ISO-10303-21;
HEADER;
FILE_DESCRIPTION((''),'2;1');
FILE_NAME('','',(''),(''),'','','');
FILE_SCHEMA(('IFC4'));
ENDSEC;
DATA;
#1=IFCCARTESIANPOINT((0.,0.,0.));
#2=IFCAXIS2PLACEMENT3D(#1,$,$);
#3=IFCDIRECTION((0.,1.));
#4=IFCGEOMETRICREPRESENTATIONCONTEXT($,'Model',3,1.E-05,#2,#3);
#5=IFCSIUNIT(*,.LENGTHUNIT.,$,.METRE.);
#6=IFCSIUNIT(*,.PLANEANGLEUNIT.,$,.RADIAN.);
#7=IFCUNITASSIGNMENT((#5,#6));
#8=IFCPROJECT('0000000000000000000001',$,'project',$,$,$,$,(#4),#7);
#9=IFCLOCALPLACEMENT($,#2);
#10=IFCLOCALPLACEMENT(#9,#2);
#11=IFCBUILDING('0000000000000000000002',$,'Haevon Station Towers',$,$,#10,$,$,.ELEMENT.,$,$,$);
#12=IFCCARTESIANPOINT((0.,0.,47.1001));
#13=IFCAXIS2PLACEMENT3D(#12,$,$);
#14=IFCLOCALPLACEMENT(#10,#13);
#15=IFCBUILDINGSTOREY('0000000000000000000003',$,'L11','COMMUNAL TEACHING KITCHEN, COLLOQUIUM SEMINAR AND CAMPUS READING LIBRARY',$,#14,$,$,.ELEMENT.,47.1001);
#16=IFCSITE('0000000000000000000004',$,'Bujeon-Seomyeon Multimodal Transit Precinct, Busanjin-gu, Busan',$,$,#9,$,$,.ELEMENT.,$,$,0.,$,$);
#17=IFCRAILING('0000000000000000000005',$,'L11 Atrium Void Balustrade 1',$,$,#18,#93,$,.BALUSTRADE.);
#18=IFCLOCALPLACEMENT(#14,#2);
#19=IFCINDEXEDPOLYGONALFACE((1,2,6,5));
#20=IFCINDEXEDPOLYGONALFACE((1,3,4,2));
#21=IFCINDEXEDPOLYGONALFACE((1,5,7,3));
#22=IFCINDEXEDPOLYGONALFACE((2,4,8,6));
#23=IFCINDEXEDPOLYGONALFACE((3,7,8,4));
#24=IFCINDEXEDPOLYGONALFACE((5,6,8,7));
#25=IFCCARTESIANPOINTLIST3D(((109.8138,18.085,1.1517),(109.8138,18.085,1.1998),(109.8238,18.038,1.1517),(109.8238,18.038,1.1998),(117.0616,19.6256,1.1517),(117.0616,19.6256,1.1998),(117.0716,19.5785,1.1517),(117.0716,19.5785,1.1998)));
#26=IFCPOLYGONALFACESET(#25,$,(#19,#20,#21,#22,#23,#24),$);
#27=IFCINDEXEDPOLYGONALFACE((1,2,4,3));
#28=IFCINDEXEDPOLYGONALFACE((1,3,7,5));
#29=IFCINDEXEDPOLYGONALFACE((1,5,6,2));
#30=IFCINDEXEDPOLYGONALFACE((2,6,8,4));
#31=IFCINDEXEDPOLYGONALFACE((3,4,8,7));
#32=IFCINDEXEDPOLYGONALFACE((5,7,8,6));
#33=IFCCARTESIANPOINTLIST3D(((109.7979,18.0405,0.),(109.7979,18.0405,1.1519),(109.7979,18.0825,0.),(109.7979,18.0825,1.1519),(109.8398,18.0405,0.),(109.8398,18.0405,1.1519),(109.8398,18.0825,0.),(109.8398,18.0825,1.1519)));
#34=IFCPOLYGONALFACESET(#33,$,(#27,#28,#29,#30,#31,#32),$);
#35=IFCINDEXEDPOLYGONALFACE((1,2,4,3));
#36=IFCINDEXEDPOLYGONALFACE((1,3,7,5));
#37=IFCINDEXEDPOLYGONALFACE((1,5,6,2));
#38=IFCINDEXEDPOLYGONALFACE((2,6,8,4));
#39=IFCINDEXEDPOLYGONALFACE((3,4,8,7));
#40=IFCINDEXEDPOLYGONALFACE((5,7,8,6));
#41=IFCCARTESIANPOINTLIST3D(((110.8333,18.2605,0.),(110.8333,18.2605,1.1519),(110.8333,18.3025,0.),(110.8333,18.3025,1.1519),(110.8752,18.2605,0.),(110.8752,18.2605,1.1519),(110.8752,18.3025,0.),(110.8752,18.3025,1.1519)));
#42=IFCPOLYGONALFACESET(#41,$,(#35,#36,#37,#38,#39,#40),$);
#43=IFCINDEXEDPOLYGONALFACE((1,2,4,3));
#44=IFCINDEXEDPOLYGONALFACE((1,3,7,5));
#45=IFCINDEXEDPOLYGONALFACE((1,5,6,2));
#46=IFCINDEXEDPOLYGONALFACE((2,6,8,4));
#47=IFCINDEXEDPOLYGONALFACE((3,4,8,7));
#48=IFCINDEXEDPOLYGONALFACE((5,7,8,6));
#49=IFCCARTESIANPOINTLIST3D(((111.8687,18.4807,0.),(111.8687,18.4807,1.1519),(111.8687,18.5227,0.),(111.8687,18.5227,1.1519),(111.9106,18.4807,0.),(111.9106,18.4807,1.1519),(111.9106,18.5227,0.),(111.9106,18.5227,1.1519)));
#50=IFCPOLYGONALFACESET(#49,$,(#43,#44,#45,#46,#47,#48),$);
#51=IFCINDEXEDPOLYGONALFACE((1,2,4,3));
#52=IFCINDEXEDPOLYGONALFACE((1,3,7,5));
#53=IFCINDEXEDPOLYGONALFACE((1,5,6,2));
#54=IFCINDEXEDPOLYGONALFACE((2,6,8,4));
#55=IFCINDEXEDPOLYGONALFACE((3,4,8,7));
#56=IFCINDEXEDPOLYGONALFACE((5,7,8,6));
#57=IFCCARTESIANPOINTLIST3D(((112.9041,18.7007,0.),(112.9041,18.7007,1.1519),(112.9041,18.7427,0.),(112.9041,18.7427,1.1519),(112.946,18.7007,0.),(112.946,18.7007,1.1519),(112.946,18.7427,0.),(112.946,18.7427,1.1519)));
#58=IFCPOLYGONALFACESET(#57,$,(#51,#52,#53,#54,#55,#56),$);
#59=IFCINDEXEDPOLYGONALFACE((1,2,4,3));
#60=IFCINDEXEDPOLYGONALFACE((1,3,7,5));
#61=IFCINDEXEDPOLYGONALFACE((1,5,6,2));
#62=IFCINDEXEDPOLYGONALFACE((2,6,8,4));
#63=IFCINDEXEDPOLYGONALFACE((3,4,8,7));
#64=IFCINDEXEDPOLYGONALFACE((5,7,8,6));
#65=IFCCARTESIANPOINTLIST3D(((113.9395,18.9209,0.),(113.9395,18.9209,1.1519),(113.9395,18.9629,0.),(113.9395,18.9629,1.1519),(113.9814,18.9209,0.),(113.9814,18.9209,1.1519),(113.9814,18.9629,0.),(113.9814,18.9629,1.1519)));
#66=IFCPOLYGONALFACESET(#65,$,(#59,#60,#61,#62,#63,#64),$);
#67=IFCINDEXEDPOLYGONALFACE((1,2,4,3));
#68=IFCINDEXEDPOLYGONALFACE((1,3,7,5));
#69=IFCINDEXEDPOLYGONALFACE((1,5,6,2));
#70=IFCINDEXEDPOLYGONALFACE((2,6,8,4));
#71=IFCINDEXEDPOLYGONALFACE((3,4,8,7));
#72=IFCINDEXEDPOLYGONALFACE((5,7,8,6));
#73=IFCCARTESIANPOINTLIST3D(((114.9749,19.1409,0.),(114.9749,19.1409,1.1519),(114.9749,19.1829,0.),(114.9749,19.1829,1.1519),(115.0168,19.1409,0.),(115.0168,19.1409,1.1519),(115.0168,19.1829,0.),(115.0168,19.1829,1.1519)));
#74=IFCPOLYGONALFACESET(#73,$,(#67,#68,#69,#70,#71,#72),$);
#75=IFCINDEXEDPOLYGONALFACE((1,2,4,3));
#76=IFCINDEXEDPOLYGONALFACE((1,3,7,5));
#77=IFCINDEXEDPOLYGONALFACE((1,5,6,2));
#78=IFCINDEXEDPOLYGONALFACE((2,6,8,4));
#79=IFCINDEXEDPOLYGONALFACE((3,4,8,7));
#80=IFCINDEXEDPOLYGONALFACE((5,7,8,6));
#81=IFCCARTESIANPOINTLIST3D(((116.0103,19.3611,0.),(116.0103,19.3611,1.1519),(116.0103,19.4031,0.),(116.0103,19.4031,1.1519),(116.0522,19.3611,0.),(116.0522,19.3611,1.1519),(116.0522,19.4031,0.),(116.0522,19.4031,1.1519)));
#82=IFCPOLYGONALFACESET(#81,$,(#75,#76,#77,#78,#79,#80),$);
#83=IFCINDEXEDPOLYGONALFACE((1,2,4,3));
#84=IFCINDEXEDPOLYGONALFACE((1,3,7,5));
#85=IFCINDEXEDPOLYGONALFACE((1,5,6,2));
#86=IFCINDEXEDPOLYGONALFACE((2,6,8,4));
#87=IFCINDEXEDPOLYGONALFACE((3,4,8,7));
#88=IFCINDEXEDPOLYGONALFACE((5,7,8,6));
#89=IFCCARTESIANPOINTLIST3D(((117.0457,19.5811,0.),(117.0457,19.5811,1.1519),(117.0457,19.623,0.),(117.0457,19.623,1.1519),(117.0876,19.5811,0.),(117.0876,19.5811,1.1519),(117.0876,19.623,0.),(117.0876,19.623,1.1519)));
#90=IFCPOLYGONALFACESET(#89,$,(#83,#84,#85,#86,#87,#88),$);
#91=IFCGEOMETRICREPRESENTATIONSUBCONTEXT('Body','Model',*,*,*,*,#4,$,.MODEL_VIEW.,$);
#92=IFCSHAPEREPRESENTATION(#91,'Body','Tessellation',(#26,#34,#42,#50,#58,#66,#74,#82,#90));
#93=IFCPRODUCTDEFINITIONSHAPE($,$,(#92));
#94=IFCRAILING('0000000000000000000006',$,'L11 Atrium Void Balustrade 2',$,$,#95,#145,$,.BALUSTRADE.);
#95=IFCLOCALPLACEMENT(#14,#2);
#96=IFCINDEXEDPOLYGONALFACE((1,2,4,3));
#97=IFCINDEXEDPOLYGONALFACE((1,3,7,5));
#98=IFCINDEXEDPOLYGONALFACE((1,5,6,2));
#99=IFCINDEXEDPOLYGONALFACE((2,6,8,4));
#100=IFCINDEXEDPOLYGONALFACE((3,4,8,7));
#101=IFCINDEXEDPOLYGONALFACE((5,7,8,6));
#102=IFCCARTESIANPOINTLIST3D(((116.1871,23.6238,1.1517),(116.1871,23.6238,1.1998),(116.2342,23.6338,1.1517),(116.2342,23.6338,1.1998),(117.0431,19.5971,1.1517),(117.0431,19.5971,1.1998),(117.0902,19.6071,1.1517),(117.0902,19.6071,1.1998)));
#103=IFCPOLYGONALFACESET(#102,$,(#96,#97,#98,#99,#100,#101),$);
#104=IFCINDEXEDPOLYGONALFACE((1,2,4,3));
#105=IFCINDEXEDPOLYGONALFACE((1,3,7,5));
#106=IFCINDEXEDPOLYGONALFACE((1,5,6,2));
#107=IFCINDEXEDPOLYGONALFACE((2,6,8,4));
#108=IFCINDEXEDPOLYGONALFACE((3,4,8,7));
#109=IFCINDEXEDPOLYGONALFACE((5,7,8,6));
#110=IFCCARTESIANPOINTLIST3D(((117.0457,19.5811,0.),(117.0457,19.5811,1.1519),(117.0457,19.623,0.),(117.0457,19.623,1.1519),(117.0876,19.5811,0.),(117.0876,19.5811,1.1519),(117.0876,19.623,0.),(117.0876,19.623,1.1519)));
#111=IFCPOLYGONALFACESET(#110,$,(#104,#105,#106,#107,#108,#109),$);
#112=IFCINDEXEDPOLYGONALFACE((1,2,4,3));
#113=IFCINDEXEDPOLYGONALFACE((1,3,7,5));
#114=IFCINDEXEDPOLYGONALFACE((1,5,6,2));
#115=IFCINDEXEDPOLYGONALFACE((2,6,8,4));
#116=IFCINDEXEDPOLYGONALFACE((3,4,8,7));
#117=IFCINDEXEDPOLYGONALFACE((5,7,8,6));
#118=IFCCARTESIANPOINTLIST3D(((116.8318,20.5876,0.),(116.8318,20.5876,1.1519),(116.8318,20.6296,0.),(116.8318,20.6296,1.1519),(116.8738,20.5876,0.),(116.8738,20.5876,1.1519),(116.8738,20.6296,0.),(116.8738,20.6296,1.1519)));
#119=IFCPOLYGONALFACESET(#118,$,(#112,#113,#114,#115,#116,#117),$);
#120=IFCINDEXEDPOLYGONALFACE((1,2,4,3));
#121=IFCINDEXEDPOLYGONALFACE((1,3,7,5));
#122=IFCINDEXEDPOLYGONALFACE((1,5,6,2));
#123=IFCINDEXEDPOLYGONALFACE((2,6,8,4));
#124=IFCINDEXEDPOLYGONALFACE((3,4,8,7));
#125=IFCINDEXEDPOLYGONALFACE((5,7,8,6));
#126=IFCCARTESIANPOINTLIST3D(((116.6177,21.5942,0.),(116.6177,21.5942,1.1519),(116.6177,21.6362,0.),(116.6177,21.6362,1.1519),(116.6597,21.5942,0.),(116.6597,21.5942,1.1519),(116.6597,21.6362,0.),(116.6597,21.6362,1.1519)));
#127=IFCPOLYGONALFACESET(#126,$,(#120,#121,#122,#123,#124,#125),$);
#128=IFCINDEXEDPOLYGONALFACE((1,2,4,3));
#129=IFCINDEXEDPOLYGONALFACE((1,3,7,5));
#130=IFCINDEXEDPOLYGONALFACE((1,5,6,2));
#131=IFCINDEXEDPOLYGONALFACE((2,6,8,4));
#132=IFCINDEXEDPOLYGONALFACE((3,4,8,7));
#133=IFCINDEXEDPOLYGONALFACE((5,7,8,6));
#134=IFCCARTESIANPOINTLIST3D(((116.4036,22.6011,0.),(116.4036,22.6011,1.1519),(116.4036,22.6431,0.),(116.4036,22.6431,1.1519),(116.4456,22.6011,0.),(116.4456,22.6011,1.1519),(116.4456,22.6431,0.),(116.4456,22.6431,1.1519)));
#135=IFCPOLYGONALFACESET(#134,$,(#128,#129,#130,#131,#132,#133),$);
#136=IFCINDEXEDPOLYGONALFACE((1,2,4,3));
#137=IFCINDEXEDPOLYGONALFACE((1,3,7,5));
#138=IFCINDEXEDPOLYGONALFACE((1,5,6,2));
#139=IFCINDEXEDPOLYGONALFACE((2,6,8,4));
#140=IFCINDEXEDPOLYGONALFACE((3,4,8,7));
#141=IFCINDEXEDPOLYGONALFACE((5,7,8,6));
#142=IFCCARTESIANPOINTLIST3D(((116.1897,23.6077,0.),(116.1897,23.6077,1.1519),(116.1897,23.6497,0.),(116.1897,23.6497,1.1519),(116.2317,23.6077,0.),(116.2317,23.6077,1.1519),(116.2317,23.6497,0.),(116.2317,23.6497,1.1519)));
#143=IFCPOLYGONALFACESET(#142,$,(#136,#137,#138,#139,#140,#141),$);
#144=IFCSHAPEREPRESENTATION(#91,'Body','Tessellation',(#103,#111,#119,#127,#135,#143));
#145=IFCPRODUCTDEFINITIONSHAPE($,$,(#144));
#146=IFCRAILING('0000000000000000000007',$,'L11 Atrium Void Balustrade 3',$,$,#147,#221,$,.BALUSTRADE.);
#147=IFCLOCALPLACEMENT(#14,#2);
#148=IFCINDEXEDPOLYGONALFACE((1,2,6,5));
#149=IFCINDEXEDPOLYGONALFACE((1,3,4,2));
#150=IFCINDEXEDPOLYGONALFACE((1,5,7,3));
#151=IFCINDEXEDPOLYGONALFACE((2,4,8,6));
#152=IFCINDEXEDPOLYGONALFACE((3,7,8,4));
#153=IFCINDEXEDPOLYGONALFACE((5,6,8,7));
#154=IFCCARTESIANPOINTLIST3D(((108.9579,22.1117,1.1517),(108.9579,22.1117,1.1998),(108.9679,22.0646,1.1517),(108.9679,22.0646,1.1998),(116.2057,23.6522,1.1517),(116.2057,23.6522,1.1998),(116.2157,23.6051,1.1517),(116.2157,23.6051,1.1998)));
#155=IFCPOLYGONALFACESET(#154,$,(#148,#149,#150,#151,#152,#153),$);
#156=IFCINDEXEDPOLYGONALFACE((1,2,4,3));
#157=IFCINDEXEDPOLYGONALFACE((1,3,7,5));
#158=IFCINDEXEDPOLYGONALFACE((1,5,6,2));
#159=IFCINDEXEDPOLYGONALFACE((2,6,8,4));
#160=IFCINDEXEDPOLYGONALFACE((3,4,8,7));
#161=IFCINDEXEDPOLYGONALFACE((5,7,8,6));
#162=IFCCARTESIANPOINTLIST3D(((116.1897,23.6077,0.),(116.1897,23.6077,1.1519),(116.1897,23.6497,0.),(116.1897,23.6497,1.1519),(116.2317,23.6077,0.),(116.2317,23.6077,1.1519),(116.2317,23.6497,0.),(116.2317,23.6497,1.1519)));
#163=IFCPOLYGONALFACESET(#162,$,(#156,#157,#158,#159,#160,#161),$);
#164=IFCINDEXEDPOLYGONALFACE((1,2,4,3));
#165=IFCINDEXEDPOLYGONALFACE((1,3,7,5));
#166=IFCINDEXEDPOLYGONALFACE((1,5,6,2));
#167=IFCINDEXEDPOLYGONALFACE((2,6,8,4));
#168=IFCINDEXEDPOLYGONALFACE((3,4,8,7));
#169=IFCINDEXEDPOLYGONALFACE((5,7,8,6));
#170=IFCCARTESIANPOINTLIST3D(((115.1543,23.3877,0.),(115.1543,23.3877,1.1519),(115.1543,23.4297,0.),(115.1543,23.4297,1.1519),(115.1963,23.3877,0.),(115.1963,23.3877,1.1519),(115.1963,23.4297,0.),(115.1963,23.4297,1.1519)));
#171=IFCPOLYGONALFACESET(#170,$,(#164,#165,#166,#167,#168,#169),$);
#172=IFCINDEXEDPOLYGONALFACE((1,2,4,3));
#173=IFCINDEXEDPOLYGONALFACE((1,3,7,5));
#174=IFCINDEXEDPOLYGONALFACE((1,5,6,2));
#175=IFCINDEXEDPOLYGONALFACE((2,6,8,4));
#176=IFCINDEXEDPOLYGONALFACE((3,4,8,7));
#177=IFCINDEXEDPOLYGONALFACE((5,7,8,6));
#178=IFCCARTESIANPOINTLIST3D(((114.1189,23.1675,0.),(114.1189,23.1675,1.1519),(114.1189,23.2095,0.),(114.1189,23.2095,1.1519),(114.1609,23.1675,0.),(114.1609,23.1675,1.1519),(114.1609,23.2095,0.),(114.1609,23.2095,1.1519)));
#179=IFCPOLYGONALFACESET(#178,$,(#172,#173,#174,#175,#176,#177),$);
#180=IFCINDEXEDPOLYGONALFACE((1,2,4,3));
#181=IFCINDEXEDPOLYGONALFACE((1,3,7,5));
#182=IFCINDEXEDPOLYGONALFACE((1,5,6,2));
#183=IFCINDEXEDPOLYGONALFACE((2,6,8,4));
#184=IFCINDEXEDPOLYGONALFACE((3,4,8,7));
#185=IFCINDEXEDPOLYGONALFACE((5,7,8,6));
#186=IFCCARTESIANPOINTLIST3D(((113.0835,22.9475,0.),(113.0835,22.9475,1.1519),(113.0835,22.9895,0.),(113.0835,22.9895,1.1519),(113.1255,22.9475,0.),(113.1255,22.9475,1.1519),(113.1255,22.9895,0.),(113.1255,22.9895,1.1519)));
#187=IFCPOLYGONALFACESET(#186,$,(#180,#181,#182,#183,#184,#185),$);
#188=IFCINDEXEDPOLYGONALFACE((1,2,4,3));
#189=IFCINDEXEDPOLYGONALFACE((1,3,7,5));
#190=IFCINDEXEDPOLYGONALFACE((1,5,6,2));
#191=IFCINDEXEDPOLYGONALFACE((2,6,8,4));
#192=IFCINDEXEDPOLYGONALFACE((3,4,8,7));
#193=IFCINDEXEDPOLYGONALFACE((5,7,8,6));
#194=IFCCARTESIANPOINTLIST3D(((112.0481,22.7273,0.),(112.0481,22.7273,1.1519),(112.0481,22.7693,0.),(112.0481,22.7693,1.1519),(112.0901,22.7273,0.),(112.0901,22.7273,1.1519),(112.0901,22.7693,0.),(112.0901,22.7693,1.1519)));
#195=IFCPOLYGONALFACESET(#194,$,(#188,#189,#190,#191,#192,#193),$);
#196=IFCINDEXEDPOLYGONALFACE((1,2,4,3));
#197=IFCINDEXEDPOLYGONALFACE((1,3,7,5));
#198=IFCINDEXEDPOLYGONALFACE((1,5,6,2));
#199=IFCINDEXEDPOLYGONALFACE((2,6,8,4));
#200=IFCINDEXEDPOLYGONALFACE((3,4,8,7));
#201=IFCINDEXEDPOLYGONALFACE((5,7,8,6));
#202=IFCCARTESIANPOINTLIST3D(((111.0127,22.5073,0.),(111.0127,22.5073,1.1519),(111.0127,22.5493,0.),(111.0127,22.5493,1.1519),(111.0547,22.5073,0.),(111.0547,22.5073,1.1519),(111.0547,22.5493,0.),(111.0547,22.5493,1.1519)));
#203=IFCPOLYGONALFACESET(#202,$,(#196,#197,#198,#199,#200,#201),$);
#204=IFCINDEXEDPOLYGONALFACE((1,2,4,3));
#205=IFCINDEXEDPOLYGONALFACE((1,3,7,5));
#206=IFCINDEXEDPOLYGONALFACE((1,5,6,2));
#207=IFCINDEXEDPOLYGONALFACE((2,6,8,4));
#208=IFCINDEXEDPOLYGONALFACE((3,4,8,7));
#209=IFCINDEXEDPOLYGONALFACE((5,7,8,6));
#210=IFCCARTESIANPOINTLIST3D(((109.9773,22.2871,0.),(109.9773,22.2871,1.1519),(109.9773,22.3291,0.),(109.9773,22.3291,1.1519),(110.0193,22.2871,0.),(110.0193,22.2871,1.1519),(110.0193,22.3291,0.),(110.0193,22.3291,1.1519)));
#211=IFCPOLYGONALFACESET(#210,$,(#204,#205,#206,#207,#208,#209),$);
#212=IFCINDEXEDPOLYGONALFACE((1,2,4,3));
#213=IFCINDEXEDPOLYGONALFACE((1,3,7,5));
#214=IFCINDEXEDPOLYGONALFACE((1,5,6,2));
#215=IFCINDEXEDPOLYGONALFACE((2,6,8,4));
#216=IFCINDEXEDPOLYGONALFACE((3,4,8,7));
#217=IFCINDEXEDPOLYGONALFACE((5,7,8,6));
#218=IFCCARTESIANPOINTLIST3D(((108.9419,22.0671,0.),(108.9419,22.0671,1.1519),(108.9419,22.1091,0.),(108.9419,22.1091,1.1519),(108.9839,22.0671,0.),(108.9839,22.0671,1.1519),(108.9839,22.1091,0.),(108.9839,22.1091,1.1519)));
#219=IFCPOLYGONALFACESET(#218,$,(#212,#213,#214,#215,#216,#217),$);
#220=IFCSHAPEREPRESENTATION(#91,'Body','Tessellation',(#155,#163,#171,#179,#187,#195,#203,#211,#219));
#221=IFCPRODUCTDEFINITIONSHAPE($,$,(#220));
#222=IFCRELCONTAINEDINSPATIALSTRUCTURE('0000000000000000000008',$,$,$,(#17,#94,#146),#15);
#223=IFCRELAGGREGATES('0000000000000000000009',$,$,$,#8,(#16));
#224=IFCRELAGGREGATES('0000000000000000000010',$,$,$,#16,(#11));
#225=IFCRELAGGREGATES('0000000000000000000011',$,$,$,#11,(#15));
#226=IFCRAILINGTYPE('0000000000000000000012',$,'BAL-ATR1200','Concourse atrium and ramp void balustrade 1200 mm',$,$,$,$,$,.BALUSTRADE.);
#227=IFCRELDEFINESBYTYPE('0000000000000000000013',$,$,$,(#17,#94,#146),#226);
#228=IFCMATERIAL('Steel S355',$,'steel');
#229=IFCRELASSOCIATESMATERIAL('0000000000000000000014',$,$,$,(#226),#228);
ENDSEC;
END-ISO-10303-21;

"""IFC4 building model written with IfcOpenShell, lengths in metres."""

from ifc_helpers import new_model, si_unit, direction, frame, origin, origin_2d, place, context, subcontext, project, spatial, rectangle, extrude, material, type_object, element, save


model = new_model("IFC4")

# Units and contexts
model_context = context("Model", 3, precision=1e-05, world=origin(), true_north=direction((0.0, 1.0)))
body_context = subcontext(model_context, "Body", "Model", "MODEL_VIEW")
ifc_project = project(units=[si_unit("LENGTHUNIT", "METRE"), si_unit("PLANEANGLEUNIT", "RADIAN")], contexts=[model_context])

# Site, building, storey
site_placement = place(None, origin())
site = spatial("IfcSite", under=ifc_project, at=site_placement, Name="Bujeon-Seomyeon Multimodal Transit Precinct, Busanjin-gu, Busan", CompositionType="ELEMENT", RefElevation=0.0)
building_placement = place(site_placement, origin())
building = spatial("IfcBuilding", under=site, at=building_placement, Name="Haevon Station Towers", CompositionType="ELEMENT")
storey_placement = place(building_placement, frame((0.0, 0.0, 47.1001)))
storey = spatial("IfcBuildingStorey", under=building, at=storey_placement, Name="L11", Description="COMMUNAL TEACHING KITCHEN, COLLOQUIUM SEMINAR AND CAMPUS READING LIBRARY", CompositionType="ELEMENT", Elevation=47.1001)

# Shared definitions
ifc_material_1 = material(Name="Steel S355", Category="steel")

# Railings
railing_type_1 = type_object("IfcRailingType", Name="BAL-ATR1200", Description="Concourse atrium and ramp void balustrade 1200 mm", PredefinedType="BALUSTRADE", material=ifc_material_1)
railing_1_placement = place(storey_placement, frame((109.8188, 18.0615, 0.0)))
element("IfcRailing", 1, at=railing_1_placement, inside=storey, type_object=railing_type_1, Name="L11 Atrium Void Balustrade 1", PredefinedType="BALUSTRADE", context=body_context, shape_type="SweptSolid", body=[
    extrude(rectangle(XDim=0.0481, YDim=0.0481, at=origin_2d()), frame((0.0, 0.0, 1.1758), z_axis=(0.978149, 0.207906, 0.0), x_axis=(-0.207906, 0.978149, 0.0)), (0.0, 0.0, 1.0), 7.4097),
    extrude(rectangle(XDim=0.042, YDim=0.042, at=origin_2d()), origin(), (0.0, 0.0, 1.0), 1.1519),
    extrude(rectangle(XDim=0.042, YDim=0.042, at=origin_2d()), frame((1.0354, 0.22, 0.0)), (0.0, 0.0, 1.0), 1.1519),
    extrude(rectangle(XDim=0.042, YDim=0.042, at=origin_2d()), frame((2.0708, 0.4402, 0.0)), (0.0, 0.0, 1.0), 1.1519),
    extrude(rectangle(XDim=0.042, YDim=0.042, at=origin_2d()), frame((3.1062, 0.6602, 0.0)), (0.0, 0.0, 1.0), 1.1519),
    extrude(rectangle(XDim=0.042, YDim=0.042, at=origin_2d()), frame((4.1416, 0.8804, 0.0)), (0.0, 0.0, 1.0), 1.1519),
    extrude(rectangle(XDim=0.042, YDim=0.042, at=origin_2d()), frame((5.177, 1.1003, 0.0)), (0.0, 0.0, 1.0), 1.1519),
    extrude(rectangle(XDim=0.042, YDim=0.042, at=origin_2d()), frame((6.2124, 1.3206, 0.0)), (0.0, 0.0, 1.0), 1.1519),
    extrude(rectangle(XDim=0.042, YDim=0.042, at=origin_2d()), frame((7.2478, 1.5405, 0.0)), (0.0, 0.0, 1.0), 1.1519),
])
railing_2_placement = place(storey_placement, frame((117.0667, 19.6021, 0.0)))
element("IfcRailing", 2, at=railing_2_placement, inside=storey, type_object=railing_type_1, Name="L11 Atrium Void Balustrade 2", PredefinedType="BALUSTRADE", context=body_context, shape_type="SweptSolid", body=[
    extrude(rectangle(XDim=0.0481, YDim=0.0481, at=origin_2d()), frame((0.0, 0.0, 1.1758), z_axis=(-0.207929, 0.978144, 0.0), x_axis=(-0.978144, -0.207929, 0.0)), (0.0, 0.0, 1.0), 4.1167),
    extrude(rectangle(XDim=0.042, YDim=0.042, at=origin_2d()), origin(), (0.0, 0.0, 1.0), 1.1519),
    extrude(rectangle(XDim=0.042, YDim=0.042, at=origin_2d()), frame((-0.2139, 1.0066, 0.0)), (0.0, 0.0, 1.0), 1.1519),
    extrude(rectangle(XDim=0.042, YDim=0.042, at=origin_2d()), frame((-0.428, 2.0132, 0.0)), (0.0, 0.0, 1.0), 1.1519),
    extrude(rectangle(XDim=0.042, YDim=0.042, at=origin_2d()), frame((-0.6421, 3.02, 0.0)), (0.0, 0.0, 1.0), 1.1519),
    extrude(rectangle(XDim=0.042, YDim=0.042, at=origin_2d()), frame((-0.856, 4.0266, 0.0)), (0.0, 0.0, 1.0), 1.1519),
])
railing_3_placement = place(storey_placement, frame((116.2107, 23.6287, 0.0)))
element("IfcRailing", 3, at=railing_3_placement, inside=storey, type_object=railing_type_1, Name="L11 Atrium Void Balustrade 3", PredefinedType="BALUSTRADE", context=body_context, shape_type="SweptSolid", body=[
    extrude(rectangle(XDim=0.0481, YDim=0.0481, at=origin_2d()), frame((0.0, 0.0, 1.1758), z_axis=(-0.978149, -0.207906, 0.0), x_axis=(0.207906, -0.978149, 0.0)), (0.0, 0.0, 1.0), 7.4097),
    extrude(rectangle(XDim=0.042, YDim=0.042, at=origin_2d()), origin(), (0.0, 0.0, 1.0), 1.1519),
    extrude(rectangle(XDim=0.042, YDim=0.042, at=origin_2d()), frame((-1.0354, -0.22, 0.0)), (0.0, 0.0, 1.0), 1.1519),
    extrude(rectangle(XDim=0.042, YDim=0.042, at=origin_2d()), frame((-2.0708, -0.4402, 0.0)), (0.0, 0.0, 1.0), 1.1519),
    extrude(rectangle(XDim=0.042, YDim=0.042, at=origin_2d()), frame((-3.1062, -0.6602, 0.0)), (0.0, 0.0, 1.0), 1.1519),
    extrude(rectangle(XDim=0.042, YDim=0.042, at=origin_2d()), frame((-4.1416, -0.8804, 0.0)), (0.0, 0.0, 1.0), 1.1519),
    extrude(rectangle(XDim=0.042, YDim=0.042, at=origin_2d()), frame((-5.177, -1.1003, 0.0)), (0.0, 0.0, 1.0), 1.1519),
    extrude(rectangle(XDim=0.042, YDim=0.042, at=origin_2d()), frame((-6.2124, -1.3206, 0.0)), (0.0, 0.0, 1.0), 1.1519),
    extrude(rectangle(XDim=0.042, YDim=0.042, at=origin_2d()), frame((-7.2478, -1.5405, 0.0)), (0.0, 0.0, 1.0), 1.1519),
])

save(model, "model.ifc")
